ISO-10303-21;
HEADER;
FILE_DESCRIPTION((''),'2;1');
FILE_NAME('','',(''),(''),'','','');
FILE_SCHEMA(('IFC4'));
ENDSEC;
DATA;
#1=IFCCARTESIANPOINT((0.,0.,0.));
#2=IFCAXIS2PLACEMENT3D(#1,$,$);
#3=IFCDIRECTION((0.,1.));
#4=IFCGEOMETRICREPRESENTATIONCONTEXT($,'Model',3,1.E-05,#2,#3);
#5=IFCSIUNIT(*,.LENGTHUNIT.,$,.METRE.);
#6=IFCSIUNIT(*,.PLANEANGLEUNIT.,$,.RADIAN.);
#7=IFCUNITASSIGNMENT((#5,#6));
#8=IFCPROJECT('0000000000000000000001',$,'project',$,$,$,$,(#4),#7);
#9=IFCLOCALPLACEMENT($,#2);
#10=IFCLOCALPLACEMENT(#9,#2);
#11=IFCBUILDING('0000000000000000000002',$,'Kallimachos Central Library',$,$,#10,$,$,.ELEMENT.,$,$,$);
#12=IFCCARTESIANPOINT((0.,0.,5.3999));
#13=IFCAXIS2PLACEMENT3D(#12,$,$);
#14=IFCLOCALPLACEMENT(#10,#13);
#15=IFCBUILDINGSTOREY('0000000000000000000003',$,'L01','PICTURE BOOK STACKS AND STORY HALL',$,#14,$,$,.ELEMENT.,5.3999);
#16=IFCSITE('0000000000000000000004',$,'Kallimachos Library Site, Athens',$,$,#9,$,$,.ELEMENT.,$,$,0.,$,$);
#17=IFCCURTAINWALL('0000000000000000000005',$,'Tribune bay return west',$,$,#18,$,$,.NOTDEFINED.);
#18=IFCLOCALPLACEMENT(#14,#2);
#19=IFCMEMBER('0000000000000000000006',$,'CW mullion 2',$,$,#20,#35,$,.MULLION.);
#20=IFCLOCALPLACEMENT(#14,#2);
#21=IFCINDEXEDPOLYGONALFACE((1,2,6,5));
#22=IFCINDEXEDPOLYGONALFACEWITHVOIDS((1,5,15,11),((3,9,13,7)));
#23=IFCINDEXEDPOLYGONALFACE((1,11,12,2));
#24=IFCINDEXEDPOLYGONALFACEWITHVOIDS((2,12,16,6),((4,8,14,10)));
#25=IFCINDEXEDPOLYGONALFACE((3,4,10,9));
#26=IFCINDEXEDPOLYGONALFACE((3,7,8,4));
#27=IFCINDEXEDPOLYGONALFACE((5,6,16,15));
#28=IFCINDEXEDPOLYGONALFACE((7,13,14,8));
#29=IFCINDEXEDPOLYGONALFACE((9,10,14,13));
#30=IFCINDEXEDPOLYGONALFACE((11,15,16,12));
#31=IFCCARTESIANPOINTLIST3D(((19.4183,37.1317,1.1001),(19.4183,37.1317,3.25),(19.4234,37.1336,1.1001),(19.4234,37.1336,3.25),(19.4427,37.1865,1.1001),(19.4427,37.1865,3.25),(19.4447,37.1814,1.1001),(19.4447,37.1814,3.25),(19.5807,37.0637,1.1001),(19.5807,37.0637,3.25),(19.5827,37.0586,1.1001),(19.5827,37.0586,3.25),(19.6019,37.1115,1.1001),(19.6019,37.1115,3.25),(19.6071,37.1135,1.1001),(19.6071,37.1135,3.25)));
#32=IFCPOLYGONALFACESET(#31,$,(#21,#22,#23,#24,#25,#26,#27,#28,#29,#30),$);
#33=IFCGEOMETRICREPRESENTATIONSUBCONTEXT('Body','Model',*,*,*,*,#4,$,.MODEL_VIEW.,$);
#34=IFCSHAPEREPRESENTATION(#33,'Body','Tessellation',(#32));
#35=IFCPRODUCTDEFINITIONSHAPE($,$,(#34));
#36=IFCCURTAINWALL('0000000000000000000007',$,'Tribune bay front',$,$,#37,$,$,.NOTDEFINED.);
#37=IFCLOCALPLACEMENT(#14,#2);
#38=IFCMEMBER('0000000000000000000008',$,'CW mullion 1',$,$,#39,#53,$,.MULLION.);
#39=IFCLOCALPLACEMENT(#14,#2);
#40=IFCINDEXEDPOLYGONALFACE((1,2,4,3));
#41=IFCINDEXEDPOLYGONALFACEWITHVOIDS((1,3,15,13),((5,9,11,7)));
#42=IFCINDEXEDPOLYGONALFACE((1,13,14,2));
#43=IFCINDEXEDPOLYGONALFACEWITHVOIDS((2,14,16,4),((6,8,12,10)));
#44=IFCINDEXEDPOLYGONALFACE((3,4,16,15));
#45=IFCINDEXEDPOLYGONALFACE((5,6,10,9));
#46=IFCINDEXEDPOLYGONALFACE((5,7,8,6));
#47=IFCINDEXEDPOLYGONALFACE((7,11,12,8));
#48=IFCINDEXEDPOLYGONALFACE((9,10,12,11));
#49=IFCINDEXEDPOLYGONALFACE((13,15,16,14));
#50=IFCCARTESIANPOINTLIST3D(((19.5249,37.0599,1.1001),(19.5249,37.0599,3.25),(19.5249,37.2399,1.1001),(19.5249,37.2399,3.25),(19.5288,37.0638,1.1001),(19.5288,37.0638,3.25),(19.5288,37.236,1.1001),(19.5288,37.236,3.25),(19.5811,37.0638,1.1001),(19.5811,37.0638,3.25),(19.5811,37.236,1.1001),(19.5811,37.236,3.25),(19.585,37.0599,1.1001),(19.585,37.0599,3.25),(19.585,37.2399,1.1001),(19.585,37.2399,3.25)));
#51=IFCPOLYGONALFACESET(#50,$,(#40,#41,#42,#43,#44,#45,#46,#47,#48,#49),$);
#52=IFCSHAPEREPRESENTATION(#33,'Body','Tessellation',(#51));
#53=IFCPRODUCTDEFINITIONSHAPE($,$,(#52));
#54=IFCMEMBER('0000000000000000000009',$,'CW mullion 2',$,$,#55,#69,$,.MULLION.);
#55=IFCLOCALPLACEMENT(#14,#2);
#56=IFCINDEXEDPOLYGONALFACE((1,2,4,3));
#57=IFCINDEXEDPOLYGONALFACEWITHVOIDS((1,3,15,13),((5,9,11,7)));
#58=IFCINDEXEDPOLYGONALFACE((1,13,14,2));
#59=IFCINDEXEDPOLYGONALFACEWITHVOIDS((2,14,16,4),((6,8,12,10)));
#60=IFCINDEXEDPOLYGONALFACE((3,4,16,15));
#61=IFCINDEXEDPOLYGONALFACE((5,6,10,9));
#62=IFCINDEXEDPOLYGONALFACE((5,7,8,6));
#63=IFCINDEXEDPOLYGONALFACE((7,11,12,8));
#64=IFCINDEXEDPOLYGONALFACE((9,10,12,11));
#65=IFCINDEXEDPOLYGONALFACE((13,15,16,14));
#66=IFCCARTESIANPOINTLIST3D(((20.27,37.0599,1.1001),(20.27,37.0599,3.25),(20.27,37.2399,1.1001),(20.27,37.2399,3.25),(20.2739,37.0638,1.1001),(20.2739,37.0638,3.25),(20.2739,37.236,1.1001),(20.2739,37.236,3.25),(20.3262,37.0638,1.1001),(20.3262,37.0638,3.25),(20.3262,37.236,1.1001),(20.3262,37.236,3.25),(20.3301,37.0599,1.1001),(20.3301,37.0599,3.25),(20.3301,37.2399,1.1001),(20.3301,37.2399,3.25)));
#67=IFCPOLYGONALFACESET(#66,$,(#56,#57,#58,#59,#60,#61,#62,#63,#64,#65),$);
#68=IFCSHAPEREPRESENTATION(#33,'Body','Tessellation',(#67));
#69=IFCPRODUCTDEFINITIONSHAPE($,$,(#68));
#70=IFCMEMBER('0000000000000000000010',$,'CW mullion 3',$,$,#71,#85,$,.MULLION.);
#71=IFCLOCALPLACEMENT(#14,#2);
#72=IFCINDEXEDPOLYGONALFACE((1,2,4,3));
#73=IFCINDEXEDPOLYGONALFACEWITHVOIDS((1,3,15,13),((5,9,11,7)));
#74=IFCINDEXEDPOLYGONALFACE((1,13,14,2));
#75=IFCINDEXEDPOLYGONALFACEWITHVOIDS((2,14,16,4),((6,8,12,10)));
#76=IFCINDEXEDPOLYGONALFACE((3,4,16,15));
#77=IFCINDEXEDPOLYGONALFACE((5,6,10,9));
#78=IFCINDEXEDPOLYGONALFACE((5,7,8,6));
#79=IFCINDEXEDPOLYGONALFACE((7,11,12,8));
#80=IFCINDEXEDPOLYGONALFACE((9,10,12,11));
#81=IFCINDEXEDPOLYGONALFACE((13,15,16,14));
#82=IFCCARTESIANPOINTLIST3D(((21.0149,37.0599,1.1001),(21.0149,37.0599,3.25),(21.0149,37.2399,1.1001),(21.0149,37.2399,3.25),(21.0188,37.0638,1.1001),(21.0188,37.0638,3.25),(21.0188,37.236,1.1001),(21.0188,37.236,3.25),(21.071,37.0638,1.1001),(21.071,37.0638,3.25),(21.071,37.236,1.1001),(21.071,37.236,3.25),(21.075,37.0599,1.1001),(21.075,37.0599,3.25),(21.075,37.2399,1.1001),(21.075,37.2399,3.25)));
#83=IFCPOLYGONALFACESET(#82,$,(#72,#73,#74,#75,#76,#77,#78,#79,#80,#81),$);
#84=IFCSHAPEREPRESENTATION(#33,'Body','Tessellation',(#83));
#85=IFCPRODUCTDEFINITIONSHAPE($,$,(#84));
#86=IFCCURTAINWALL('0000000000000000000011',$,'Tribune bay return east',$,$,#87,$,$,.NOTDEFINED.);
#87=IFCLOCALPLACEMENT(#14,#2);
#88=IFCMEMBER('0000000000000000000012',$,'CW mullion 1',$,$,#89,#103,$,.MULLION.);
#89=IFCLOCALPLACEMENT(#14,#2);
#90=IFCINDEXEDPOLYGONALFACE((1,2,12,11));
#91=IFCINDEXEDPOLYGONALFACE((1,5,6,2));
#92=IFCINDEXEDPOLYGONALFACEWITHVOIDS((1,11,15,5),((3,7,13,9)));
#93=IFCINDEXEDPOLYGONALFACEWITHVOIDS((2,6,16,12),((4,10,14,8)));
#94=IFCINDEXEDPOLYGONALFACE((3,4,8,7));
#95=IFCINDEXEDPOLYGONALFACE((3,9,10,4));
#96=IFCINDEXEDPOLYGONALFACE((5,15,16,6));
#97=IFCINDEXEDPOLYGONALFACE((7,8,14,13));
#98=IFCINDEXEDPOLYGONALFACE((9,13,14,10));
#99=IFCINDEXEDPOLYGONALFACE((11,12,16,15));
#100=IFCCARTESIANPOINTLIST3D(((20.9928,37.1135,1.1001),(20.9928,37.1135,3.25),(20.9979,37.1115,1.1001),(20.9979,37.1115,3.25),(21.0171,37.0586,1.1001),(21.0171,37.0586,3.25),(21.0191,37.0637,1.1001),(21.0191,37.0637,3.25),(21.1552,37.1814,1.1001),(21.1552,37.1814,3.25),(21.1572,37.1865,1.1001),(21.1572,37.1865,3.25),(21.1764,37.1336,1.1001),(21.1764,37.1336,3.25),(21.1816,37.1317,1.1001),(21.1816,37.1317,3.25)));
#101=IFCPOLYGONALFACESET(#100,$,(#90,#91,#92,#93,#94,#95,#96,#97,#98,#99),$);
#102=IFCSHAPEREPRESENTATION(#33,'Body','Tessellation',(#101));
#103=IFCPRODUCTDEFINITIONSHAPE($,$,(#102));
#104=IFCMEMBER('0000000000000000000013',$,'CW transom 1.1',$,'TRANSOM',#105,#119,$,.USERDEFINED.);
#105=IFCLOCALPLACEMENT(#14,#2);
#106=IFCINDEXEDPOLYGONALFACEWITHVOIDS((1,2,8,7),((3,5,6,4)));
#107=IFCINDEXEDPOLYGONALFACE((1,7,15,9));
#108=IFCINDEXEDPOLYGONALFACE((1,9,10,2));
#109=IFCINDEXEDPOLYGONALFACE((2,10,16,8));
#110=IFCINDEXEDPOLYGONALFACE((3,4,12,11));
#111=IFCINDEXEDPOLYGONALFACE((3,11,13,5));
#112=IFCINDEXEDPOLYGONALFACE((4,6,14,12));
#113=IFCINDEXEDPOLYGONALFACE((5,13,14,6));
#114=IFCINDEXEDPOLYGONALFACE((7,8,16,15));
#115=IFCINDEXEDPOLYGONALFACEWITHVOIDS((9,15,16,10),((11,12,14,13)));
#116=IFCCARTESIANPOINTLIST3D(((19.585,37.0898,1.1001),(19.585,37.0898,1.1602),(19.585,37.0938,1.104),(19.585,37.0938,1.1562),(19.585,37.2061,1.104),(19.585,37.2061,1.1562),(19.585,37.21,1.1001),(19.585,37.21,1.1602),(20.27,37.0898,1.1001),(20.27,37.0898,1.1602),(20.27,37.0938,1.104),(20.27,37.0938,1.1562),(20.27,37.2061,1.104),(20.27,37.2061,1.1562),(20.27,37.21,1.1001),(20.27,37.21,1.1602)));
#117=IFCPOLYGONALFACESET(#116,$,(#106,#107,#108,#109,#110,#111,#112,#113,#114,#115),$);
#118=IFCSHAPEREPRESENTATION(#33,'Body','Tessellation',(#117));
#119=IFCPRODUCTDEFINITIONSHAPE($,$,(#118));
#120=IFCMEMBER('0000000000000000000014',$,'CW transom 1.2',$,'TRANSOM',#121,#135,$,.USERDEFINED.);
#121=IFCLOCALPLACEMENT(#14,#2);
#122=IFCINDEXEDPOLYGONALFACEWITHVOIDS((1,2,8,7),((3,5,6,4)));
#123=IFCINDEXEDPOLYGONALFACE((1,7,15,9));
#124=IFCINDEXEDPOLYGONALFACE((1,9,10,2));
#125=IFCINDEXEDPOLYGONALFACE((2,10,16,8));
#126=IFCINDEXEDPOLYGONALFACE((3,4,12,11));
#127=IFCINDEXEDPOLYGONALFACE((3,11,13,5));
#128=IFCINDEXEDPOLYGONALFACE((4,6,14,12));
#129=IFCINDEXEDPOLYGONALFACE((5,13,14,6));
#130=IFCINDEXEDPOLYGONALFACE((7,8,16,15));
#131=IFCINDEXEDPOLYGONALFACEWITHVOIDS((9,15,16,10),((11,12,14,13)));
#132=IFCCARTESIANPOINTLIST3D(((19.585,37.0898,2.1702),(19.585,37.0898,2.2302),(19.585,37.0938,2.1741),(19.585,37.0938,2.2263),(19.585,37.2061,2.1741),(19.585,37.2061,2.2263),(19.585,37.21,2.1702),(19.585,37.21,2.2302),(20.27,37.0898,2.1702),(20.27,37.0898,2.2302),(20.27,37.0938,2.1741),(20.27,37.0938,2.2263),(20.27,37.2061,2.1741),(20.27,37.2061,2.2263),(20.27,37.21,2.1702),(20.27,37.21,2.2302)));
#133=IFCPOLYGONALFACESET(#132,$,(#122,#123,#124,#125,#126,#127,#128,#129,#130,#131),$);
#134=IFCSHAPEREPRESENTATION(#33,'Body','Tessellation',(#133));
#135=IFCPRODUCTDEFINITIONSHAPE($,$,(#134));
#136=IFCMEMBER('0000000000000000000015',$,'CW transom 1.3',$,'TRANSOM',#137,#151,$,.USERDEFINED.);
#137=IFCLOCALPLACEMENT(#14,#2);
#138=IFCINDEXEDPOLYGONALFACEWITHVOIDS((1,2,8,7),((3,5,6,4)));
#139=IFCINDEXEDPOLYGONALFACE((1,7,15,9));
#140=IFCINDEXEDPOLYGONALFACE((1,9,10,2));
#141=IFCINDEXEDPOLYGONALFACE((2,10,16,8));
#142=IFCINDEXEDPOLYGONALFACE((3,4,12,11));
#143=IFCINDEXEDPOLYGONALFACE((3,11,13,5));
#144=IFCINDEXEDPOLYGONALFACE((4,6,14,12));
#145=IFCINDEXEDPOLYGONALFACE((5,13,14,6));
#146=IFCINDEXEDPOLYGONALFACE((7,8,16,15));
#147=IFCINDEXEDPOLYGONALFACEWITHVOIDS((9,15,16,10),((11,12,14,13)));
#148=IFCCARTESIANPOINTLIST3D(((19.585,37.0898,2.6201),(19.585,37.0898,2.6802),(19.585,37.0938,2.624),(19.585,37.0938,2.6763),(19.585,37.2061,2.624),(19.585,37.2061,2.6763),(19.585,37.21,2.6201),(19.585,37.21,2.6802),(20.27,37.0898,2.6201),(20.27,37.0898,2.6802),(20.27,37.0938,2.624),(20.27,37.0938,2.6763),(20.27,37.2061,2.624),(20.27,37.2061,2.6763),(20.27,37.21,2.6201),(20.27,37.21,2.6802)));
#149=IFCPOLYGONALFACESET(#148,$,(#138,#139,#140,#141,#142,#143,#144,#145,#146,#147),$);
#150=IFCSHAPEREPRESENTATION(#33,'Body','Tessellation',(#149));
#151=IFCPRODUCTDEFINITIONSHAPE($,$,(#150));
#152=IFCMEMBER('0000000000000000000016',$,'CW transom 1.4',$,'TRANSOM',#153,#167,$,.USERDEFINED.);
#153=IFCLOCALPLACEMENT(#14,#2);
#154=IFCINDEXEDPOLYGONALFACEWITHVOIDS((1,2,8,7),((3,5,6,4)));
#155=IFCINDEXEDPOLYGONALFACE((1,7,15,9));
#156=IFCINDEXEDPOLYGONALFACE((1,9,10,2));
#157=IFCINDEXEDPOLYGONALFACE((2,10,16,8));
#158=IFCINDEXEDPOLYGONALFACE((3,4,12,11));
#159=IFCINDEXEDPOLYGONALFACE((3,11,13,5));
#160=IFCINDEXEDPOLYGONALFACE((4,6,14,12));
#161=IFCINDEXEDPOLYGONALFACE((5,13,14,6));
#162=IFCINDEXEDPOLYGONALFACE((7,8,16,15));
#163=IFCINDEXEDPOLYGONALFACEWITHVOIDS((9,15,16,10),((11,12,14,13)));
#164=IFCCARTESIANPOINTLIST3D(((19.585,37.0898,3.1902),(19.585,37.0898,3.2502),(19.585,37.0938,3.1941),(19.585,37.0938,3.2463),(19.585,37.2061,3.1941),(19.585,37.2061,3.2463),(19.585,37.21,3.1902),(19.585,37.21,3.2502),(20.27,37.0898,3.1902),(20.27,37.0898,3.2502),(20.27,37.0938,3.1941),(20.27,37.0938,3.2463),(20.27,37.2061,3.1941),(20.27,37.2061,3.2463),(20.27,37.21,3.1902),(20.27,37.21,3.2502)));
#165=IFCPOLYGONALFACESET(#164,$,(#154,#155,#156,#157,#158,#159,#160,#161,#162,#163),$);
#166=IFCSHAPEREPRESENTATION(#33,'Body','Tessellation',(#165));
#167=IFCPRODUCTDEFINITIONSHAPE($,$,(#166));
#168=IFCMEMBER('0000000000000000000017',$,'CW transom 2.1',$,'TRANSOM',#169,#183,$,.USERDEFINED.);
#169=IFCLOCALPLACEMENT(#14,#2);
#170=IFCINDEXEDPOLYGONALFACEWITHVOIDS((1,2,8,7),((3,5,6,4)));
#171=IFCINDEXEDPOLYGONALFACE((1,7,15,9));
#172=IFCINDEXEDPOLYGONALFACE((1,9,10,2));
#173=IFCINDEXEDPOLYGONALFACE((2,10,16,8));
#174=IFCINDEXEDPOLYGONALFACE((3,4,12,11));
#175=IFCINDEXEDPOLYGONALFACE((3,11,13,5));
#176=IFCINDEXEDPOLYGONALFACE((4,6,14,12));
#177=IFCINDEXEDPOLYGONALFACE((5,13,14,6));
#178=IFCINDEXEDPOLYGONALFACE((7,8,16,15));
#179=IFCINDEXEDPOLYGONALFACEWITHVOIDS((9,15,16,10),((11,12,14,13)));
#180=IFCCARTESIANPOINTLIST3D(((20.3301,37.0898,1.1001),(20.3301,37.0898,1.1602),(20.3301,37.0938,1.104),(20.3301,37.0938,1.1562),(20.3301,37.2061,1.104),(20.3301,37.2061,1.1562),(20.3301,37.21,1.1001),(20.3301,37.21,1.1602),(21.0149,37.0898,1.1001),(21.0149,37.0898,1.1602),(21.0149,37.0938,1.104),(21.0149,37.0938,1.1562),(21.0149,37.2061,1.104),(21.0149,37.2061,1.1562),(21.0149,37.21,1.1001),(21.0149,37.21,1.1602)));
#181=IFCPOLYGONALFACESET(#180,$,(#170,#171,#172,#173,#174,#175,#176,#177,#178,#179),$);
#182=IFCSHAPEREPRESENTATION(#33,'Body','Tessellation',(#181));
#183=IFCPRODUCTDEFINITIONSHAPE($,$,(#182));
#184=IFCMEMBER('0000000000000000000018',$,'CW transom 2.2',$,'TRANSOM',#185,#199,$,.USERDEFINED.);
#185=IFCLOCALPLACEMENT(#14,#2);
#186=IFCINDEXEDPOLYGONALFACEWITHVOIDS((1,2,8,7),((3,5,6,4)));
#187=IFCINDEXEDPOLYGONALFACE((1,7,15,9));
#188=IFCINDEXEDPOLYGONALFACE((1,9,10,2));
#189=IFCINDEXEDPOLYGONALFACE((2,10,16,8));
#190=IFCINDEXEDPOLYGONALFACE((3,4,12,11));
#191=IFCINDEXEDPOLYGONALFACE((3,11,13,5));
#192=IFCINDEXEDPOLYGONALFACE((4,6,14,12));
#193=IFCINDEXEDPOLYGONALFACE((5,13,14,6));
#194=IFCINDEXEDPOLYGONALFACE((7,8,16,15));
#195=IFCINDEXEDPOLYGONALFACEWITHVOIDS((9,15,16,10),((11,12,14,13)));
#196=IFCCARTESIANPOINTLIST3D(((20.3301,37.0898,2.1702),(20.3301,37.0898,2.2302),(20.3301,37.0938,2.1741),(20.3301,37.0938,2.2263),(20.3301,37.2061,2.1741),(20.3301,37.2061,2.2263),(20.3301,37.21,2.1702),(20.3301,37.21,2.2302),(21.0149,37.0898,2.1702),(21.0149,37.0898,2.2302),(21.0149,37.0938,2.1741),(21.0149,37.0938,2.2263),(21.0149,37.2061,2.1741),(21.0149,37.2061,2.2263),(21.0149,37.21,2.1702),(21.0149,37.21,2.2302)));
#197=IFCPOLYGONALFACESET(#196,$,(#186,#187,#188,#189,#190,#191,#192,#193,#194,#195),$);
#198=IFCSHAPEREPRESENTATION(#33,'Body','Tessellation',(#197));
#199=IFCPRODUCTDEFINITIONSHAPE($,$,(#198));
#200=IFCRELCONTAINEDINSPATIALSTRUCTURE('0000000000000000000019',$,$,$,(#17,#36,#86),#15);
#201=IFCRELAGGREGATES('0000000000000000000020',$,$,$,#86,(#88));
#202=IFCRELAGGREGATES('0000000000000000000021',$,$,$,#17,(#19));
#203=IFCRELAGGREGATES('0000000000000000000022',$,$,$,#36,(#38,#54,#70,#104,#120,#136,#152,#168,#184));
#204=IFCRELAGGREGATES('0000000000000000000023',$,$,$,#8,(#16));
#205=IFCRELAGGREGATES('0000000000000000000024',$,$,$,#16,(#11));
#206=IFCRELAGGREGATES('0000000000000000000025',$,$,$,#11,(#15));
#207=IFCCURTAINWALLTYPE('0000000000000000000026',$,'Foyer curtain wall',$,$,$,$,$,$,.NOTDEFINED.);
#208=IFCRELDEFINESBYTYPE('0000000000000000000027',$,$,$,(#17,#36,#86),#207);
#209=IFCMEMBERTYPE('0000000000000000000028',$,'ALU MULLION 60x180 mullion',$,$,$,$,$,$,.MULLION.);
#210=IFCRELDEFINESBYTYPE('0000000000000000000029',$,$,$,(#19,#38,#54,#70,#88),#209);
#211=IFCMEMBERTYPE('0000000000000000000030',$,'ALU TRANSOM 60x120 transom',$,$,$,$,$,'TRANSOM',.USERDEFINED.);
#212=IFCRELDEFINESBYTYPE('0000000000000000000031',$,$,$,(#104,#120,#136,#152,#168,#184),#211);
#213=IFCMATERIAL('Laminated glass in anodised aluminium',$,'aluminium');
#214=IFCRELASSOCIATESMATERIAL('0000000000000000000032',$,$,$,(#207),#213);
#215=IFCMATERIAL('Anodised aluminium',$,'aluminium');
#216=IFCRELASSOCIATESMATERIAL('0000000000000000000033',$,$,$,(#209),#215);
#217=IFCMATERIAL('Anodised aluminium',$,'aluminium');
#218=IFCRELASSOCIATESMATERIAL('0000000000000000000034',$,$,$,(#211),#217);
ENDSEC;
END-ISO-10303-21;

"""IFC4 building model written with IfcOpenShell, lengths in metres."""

from ifc_helpers import new_model, si_unit, direction, frame, origin, origin_2d, place, context, subcontext, project, spatial, hollow_rectangle, extrude, material, material_profile, profile_set, type_object, element, aggregate, save


model = new_model("IFC4")

# Units and contexts
model_context = context("Model", 3, precision=1e-05, world=origin(), true_north=direction((0.0, 1.0)))
body_context = subcontext(model_context, "Body", "Model", "MODEL_VIEW")
ifc_project = project(units=[si_unit("LENGTHUNIT", "METRE"), si_unit("PLANEANGLEUNIT", "RADIAN")], contexts=[model_context])

# Site, building, storey
site_placement = place(None, origin())
site = spatial("IfcSite", under=ifc_project, at=site_placement, Name="Kallimachos Library Site, Athens", CompositionType="ELEMENT", RefElevation=0.0)
building_placement = place(site_placement, origin())
building = spatial("IfcBuilding", under=site, at=building_placement, Name="Kallimachos Central Library", CompositionType="ELEMENT")
storey_placement = place(building_placement, frame((0.0, 0.0, 5.3999)))
storey = spatial("IfcBuildingStorey", under=building, at=storey_placement, Name="L01", Description="PICTURE BOOK STACKS AND STORY HALL", CompositionType="ELEMENT", Elevation=5.3999)

# Curtain wall, member
ifc_material_1 = material(Name="Laminated glass in anodised aluminium", Category="aluminium")
curtain_wall_type = type_object("IfcCurtainWallType", Name="Foyer curtain wall", PredefinedType="NOTDEFINED", material=ifc_material_1)
curtain_wall_1_placement = place(storey_placement, origin())
curtain_wall_1 = element("IfcCurtainWall", 1, at=curtain_wall_1_placement, inside=storey, type_object=curtain_wall_type, Name="Tribune bay return west", PredefinedType="NOTDEFINED")
ifc_material_2 = material(Name="Anodised aluminium", Category="aluminium")
ifc_material_profile_1 = material_profile(ifc_material_2, hollow_rectangle(XDim=0.0601, YDim=0.1799, WallThickness=0.0039, at=origin_2d()), Name="ALU MULLION 60x180")
ifc_profile_set_1 = profile_set([ifc_material_profile_1], Name="Anodised aluminium")
member_type_1 = type_object("IfcMemberType", Name="ALU MULLION 60x180 mullion", PredefinedType="MULLION", material=ifc_profile_set_1)
member_1_placement = place(storey_placement, frame((19.5127, 37.1226, 1.1001), z_axis=(0.0, 0.0, 1.0), x_axis=(0.406138, 0.913812, 0.0)))
member_1 = element("IfcMember", 2, at=member_1_placement, type_object=member_type_1, Name="CW mullion 2", PredefinedType="MULLION", context=body_context, shape_type="SweptSolid", body=[
    extrude(hollow_rectangle(XDim=0.0601, YDim=0.1799, WallThickness=0.0039, at=origin_2d()), origin(), (0.0, 0.0, 1.0), 2.1499),
])

# Curtain wall, members
curtain_wall_2_placement = place(storey_placement, origin())
curtain_wall_2 = element("IfcCurtainWall", 3, at=curtain_wall_2_placement, inside=storey, type_object=curtain_wall_type, Name="Tribune bay front", PredefinedType="NOTDEFINED")
member_2_placement = place(storey_placement, frame((19.5549, 37.1499, 1.1001), z_axis=(0.0, 0.0, 1.0), x_axis=(1.0, 0.0, 0.0)))
member_2 = element("IfcMember", 4, at=member_2_placement, type_object=member_type_1, Name="CW mullion 1", PredefinedType="MULLION", context=body_context, shape_type="SweptSolid", body=[
    extrude(hollow_rectangle(XDim=0.0601, YDim=0.1799, WallThickness=0.0039, at=origin_2d()), origin(), (0.0, 0.0, 1.0), 2.1499),
])
member_3_placement = place(storey_placement, frame((20.3, 37.1499, 1.1001), z_axis=(0.0, 0.0, 1.0), x_axis=(1.0, 0.0, 0.0)))
member_3 = element("IfcMember", 5, at=member_3_placement, type_object=member_type_1, Name="CW mullion 2", PredefinedType="MULLION", context=body_context, shape_type="SweptSolid", body=[
    extrude(hollow_rectangle(XDim=0.0601, YDim=0.1799, WallThickness=0.0039, at=origin_2d()), origin(), (0.0, 0.0, 1.0), 2.1499),
])
member_4_placement = place(storey_placement, frame((21.0449, 37.1499, 1.1001), z_axis=(0.0, 0.0, 1.0), x_axis=(1.0, 0.0, 0.0)))
member_4 = element("IfcMember", 6, at=member_4_placement, type_object=member_type_1, Name="CW mullion 3", PredefinedType="MULLION", context=body_context, shape_type="SweptSolid", body=[
    extrude(hollow_rectangle(XDim=0.0601, YDim=0.1799, WallThickness=0.0039, at=origin_2d()), origin(), (0.0, 0.0, 1.0), 2.1499),
])

# Curtain wall, member
curtain_wall_3_placement = place(storey_placement, origin())
curtain_wall_3 = element("IfcCurtainWall", 7, at=curtain_wall_3_placement, inside=storey, type_object=curtain_wall_type, Name="Tribune bay return east", PredefinedType="NOTDEFINED")
member_5_placement = place(storey_placement, frame((21.0872, 37.1226, 1.1001), z_axis=(0.0, 0.0, 1.0), x_axis=(0.406138, -0.913812, 0.0)))
member_5 = element("IfcMember", 8, at=member_5_placement, type_object=member_type_1, Name="CW mullion 1", PredefinedType="MULLION", context=body_context, shape_type="SweptSolid", body=[
    extrude(hollow_rectangle(XDim=0.0601, YDim=0.1799, WallThickness=0.0039, at=origin_2d()), origin(), (0.0, 0.0, 1.0), 2.1499),
])

# Members
ifc_material_3 = material(Name="Anodised aluminium", Category="aluminium")
ifc_material_profile_2 = material_profile(ifc_material_3, hollow_rectangle(XDim=0.0601, YDim=0.1201, WallThickness=0.0039, at=origin_2d()), Name="ALU TRANSOM 60x120")
ifc_profile_set_2 = profile_set([ifc_material_profile_2], Name="Anodised aluminium")
member_type_2 = type_object("IfcMemberType", Name="ALU TRANSOM 60x120 transom", ElementType="TRANSOM", PredefinedType="USERDEFINED", material=ifc_profile_set_2)
member_6_placement = place(storey_placement, frame((19.585, 37.1499, 1.1301), z_axis=(1.0, 0.0, 0.0), x_axis=(0.0, 0.0, 1.0)))
member_6 = element("IfcMember", 9, at=member_6_placement, type_object=member_type_2, Name="CW transom 1.1", ObjectType="TRANSOM", PredefinedType="USERDEFINED", context=body_context, shape_type="SweptSolid", body=[
    extrude(hollow_rectangle(XDim=0.0601, YDim=0.1201, WallThickness=0.0039, at=origin_2d()), origin(), (0.0, 0.0, 1.0), 0.6851),
])
member_7_placement = place(storey_placement, frame((19.585, 37.1499, 2.2002), z_axis=(1.0, 0.0, 0.0), x_axis=(0.0, 0.0, 1.0)))
member_7 = element("IfcMember", 10, at=member_7_placement, type_object=member_type_2, Name="CW transom 1.2", ObjectType="TRANSOM", PredefinedType="USERDEFINED", context=body_context, shape_type="SweptSolid", body=[
    extrude(hollow_rectangle(XDim=0.0601, YDim=0.1201, WallThickness=0.0039, at=origin_2d()), origin(), (0.0, 0.0, 1.0), 0.6851),
])
member_8_placement = place(storey_placement, frame((19.585, 37.1499, 2.6501), z_axis=(1.0, 0.0, 0.0), x_axis=(0.0, 0.0, 1.0)))
member_8 = element("IfcMember", 11, at=member_8_placement, type_object=member_type_2, Name="CW transom 1.3", ObjectType="TRANSOM", PredefinedType="USERDEFINED", context=body_context, shape_type="SweptSolid", body=[
    extrude(hollow_rectangle(XDim=0.0601, YDim=0.1201, WallThickness=0.0039, at=origin_2d()), origin(), (0.0, 0.0, 1.0), 0.6851),
])
member_9_placement = place(storey_placement, frame((19.585, 37.1499, 3.2202), z_axis=(1.0, 0.0, 0.0), x_axis=(0.0, 0.0, 1.0)))
member_9 = element("IfcMember", 12, at=member_9_placement, type_object=member_type_2, Name="CW transom 1.4", ObjectType="TRANSOM", PredefinedType="USERDEFINED", context=body_context, shape_type="SweptSolid", body=[
    extrude(hollow_rectangle(XDim=0.0601, YDim=0.1201, WallThickness=0.0039, at=origin_2d()), origin(), (0.0, 0.0, 1.0), 0.6851),
])
member_10_placement = place(storey_placement, frame((20.3301, 37.1499, 1.1301), z_axis=(1.0, 0.0, 0.0), x_axis=(0.0, 0.0, 1.0)))
member_10 = element("IfcMember", 13, at=member_10_placement, type_object=member_type_2, Name="CW transom 2.1", ObjectType="TRANSOM", PredefinedType="USERDEFINED", context=body_context, shape_type="SweptSolid", body=[
    extrude(hollow_rectangle(XDim=0.0601, YDim=0.1201, WallThickness=0.0039, at=origin_2d()), origin(), (0.0, 0.0, 1.0), 0.6848),
])
member_11_placement = place(storey_placement, frame((20.3301, 37.1499, 2.2002), z_axis=(1.0, 0.0, 0.0), x_axis=(0.0, 0.0, 1.0)))
member_11 = element("IfcMember", 14, at=member_11_placement, type_object=member_type_2, Name="CW transom 2.2", ObjectType="TRANSOM", PredefinedType="USERDEFINED", context=body_context, shape_type="SweptSolid", body=[
    extrude(hollow_rectangle(XDim=0.0601, YDim=0.1201, WallThickness=0.0039, at=origin_2d()), origin(), (0.0, 0.0, 1.0), 0.6848),
])
aggregate(curtain_wall_3, [member_5])

aggregate(curtain_wall_1, [member_1])
aggregate(curtain_wall_2, [member_2, member_3, member_4, member_6, member_7, member_8, member_9, member_10, member_11])

save(model, "model.ifc")
